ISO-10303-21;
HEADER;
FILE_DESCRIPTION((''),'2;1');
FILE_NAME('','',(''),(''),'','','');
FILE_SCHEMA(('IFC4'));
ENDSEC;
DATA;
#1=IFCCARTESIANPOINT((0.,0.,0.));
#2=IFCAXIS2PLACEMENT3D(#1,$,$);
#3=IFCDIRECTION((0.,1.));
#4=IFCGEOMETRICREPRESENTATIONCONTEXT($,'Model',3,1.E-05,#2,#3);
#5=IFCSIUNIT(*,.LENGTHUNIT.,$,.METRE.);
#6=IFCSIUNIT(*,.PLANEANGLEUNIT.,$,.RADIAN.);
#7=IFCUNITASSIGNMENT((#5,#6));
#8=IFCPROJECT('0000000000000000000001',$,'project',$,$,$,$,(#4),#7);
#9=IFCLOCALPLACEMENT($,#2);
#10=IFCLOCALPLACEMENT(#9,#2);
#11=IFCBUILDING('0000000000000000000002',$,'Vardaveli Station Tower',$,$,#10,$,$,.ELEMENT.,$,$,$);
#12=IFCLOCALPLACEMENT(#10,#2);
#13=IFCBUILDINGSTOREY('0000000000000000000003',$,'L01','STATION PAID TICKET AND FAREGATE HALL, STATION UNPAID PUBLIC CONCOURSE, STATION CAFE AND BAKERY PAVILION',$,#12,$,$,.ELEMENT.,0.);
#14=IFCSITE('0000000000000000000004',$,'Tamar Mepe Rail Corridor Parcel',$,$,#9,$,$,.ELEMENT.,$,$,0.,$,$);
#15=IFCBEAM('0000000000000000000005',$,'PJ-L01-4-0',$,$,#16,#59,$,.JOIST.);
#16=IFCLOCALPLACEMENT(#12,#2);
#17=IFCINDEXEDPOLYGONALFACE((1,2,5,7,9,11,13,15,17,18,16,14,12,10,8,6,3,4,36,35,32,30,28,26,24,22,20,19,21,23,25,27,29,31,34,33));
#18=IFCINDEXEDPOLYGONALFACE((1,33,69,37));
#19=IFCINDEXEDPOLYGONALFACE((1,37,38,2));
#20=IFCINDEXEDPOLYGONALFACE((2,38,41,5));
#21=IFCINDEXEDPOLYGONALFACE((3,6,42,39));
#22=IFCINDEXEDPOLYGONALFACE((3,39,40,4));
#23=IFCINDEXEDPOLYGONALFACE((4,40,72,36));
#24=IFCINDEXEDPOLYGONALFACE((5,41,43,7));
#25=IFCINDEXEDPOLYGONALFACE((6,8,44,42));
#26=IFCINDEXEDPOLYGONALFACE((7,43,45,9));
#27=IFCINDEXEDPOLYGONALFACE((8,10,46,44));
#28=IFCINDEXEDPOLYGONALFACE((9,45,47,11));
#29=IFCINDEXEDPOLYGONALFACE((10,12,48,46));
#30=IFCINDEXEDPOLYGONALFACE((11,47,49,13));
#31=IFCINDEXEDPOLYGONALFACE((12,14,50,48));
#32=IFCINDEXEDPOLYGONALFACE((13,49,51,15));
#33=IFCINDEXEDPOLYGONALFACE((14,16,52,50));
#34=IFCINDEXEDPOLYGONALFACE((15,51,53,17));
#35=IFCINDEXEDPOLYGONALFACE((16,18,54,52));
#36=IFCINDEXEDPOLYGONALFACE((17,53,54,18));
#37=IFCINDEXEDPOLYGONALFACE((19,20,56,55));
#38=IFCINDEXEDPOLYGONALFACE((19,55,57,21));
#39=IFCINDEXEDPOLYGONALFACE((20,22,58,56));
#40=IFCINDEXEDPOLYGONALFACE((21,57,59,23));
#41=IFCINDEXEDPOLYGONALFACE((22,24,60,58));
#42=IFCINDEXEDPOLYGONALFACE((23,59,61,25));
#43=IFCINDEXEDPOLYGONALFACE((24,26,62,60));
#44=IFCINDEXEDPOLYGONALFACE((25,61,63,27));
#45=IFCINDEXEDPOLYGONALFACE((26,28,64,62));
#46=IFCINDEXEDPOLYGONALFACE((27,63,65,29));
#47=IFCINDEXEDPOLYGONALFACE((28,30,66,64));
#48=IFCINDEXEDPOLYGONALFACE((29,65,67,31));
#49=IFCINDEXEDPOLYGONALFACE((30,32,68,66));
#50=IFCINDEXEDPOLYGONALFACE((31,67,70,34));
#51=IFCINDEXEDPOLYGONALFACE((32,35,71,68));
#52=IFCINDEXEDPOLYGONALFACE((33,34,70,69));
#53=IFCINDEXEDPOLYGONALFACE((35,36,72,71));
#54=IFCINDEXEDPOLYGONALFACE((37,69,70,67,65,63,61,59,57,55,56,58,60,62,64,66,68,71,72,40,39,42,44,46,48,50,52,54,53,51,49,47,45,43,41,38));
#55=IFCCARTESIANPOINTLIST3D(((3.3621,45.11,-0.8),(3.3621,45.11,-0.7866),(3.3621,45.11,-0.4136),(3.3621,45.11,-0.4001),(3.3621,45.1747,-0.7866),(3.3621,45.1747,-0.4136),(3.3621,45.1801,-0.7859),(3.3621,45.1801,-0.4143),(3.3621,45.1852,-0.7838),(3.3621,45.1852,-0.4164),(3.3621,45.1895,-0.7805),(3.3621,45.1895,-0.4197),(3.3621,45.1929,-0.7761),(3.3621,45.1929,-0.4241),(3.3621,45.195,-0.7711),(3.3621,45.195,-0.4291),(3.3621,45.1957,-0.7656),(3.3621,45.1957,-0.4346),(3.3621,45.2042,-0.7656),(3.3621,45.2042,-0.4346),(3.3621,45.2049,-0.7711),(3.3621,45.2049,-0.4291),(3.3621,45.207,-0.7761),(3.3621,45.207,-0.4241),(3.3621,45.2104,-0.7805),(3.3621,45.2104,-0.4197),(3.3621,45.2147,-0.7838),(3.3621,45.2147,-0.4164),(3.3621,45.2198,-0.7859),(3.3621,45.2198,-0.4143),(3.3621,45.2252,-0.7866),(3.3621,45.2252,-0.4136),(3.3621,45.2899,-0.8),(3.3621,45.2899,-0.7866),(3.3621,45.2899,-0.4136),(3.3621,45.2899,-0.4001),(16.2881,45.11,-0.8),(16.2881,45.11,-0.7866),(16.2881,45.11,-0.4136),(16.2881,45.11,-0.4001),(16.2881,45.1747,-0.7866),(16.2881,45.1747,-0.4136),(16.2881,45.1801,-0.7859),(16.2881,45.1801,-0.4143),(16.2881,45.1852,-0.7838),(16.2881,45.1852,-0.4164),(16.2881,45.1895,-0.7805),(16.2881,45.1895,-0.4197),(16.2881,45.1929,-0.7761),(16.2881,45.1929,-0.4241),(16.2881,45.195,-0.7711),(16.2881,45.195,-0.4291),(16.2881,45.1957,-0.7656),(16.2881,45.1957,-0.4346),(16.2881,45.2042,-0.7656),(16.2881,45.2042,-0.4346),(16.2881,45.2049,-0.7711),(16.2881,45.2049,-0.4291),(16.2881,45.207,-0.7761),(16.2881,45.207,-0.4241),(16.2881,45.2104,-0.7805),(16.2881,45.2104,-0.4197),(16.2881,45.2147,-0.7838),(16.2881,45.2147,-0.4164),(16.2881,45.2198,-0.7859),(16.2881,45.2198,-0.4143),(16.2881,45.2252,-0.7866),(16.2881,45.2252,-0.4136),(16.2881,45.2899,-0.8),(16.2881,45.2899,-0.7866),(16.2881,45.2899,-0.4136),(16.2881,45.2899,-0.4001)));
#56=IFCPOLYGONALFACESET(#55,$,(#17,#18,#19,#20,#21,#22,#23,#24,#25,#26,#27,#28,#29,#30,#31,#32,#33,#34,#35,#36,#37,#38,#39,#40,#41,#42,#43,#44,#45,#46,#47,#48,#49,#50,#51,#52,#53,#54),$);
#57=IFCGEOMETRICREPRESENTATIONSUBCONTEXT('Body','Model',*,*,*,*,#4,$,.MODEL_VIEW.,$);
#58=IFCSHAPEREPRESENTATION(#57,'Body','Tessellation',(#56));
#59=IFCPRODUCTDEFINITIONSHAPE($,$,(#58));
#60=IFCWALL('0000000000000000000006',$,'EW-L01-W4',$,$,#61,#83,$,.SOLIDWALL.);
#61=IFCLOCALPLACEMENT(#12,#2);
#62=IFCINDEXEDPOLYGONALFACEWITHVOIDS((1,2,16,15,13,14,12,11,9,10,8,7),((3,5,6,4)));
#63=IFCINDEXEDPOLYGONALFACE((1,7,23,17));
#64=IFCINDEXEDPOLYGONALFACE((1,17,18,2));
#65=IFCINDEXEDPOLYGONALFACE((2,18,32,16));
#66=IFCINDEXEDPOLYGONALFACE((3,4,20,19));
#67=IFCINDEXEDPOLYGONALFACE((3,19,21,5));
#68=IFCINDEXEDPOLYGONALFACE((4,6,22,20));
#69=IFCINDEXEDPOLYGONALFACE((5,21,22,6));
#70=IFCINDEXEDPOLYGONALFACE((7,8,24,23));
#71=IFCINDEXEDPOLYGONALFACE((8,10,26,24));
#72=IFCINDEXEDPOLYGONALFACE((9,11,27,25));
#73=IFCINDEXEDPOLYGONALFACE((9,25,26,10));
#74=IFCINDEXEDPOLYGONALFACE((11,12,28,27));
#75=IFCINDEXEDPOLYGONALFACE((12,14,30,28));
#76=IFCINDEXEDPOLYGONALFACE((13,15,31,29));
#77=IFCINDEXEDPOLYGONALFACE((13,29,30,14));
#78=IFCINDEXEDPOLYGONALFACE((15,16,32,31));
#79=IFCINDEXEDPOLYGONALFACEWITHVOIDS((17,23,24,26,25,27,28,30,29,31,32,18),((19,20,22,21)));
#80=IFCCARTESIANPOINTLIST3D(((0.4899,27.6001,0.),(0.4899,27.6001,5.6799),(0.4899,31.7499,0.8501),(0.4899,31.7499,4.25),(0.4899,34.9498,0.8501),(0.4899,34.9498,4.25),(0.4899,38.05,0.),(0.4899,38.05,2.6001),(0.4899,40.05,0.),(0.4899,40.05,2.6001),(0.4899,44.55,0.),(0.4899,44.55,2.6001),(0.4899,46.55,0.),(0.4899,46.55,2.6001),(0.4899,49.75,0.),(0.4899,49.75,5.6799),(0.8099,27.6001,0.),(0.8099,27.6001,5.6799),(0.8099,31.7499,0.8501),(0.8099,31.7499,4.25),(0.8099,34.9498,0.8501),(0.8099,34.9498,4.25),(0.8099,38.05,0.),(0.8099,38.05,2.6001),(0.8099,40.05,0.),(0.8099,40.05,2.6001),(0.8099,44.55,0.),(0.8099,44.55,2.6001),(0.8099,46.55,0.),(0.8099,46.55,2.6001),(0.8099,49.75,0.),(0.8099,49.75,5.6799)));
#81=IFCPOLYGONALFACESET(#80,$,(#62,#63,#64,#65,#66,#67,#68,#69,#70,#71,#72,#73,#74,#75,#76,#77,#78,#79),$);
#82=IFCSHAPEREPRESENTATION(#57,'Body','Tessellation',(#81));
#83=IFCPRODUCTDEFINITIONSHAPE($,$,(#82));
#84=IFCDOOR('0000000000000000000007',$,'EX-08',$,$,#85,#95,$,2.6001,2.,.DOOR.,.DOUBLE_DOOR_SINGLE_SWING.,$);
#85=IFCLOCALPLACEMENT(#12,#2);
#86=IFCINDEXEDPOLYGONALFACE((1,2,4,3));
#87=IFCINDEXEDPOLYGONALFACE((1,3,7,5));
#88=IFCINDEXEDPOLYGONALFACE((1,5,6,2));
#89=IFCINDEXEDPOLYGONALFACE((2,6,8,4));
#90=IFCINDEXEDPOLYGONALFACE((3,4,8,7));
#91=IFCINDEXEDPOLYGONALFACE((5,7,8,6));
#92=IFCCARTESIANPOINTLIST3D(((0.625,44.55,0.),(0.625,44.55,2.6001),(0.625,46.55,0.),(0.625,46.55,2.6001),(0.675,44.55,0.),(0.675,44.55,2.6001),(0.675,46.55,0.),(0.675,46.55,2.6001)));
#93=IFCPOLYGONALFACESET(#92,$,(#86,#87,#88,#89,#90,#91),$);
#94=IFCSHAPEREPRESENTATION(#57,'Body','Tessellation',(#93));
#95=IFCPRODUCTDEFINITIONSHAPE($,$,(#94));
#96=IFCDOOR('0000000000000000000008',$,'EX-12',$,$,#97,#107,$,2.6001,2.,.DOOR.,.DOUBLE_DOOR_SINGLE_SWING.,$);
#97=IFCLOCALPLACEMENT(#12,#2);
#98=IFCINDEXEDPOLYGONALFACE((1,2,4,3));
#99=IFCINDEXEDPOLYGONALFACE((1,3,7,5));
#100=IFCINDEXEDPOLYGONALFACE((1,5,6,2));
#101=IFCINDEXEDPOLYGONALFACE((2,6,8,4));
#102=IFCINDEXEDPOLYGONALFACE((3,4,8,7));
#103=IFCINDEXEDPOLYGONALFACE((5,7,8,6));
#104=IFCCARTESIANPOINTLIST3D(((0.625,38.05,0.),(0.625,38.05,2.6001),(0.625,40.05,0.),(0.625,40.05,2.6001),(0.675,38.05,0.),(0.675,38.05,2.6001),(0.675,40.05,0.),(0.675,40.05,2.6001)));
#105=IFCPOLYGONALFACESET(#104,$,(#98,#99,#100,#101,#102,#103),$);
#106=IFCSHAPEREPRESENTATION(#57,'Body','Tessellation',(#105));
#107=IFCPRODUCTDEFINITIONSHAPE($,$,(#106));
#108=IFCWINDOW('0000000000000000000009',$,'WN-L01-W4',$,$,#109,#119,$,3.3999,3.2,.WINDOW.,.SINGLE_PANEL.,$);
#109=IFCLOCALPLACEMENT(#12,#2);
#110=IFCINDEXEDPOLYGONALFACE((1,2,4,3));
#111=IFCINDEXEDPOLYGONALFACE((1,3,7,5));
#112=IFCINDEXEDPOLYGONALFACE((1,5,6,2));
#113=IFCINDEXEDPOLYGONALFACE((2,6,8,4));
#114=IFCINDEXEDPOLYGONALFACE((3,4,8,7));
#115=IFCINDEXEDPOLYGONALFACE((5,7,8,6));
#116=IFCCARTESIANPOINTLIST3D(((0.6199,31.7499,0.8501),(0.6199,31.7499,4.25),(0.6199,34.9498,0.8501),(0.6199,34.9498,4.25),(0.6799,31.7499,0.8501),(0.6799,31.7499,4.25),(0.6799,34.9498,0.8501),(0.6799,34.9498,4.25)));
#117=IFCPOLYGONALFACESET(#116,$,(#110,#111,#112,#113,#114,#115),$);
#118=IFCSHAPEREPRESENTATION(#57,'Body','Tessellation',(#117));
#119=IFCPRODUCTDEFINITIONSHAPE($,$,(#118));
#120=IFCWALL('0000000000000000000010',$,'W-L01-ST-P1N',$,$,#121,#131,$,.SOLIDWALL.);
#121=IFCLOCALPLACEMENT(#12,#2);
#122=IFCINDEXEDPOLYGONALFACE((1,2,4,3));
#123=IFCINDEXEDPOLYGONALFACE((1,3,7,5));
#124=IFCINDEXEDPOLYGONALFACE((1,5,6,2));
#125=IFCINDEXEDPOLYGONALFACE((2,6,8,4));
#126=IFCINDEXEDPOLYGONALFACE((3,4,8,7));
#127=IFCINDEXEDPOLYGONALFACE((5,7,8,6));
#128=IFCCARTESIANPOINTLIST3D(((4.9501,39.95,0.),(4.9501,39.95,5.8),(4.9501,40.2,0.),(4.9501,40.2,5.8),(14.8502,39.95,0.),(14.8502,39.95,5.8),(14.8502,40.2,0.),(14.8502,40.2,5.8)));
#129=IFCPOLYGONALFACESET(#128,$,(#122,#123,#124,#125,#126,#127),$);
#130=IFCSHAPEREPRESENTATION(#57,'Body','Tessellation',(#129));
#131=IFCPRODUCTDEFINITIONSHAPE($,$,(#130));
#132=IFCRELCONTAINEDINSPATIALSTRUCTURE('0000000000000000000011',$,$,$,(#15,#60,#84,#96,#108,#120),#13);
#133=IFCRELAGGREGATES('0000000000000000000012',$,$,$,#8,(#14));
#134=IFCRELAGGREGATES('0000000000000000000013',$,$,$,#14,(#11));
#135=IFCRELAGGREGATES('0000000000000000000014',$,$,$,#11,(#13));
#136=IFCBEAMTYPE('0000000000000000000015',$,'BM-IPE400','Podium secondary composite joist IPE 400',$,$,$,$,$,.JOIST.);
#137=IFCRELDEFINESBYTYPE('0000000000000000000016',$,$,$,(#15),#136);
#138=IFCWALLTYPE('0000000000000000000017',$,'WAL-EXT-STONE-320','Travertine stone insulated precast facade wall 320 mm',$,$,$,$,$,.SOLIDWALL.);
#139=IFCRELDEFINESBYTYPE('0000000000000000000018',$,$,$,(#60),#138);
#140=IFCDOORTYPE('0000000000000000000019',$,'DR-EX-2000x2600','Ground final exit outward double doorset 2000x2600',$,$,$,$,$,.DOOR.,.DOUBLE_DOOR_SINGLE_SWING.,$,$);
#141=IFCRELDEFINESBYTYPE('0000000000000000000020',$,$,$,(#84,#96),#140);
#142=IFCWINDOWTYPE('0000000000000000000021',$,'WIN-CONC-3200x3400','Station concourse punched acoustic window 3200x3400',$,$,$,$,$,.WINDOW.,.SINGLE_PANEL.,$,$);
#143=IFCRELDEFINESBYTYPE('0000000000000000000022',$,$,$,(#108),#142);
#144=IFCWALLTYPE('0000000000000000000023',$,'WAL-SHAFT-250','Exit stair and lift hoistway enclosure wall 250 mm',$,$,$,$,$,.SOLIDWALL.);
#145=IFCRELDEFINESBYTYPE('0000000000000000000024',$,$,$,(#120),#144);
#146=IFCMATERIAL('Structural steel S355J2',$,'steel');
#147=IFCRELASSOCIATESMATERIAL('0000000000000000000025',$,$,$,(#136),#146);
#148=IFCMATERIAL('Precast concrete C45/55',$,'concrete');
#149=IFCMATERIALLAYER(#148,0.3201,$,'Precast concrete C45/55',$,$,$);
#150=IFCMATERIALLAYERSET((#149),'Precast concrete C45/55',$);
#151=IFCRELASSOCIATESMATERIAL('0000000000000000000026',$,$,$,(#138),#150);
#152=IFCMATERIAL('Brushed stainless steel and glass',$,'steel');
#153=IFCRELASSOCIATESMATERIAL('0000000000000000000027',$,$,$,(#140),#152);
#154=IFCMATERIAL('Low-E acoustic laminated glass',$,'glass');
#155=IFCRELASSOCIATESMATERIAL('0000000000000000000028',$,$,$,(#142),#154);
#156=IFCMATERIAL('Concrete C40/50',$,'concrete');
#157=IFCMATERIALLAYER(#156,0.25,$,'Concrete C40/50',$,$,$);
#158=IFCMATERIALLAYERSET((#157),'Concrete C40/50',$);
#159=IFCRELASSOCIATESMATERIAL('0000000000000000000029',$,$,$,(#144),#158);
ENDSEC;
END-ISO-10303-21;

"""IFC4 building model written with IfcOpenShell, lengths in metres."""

from ifc_helpers import new_model, si_unit, direction, frame, frame_2d, origin, origin_2d, place, context, subcontext, project, spatial, rectangle, i_section, extrude, source, transform, mapped, material, layer, layer_set, material_profile, profile_set, type_object, element, fill, save


model = new_model("IFC4")

# Units and contexts
model_context = context("Model", 3, precision=1e-05, world=origin(), true_north=direction((0.0, 1.0)))
body_context = subcontext(model_context, "Body", "Model", "MODEL_VIEW")
ifc_project = project(units=[si_unit("LENGTHUNIT", "METRE"), si_unit("PLANEANGLEUNIT", "RADIAN")], contexts=[model_context])

# Site, building, storey
site_placement = place(None, origin())
site = spatial("IfcSite", under=ifc_project, at=site_placement, Name="Tamar Mepe Rail Corridor Parcel", CompositionType="ELEMENT", RefElevation=0.0)
building_placement = place(site_placement, origin())
building = spatial("IfcBuilding", under=site, at=building_placement, Name="Vardaveli Station Tower", CompositionType="ELEMENT")
storey_placement = place(building_placement, origin())
storey = spatial("IfcBuildingStorey", under=building, at=storey_placement, Name="L01", Description="STATION PAID TICKET AND FAREGATE HALL, STATION UNPAID PUBLIC CONCOURSE, STATION CAFE AND BAKERY PAVILION", CompositionType="ELEMENT", Elevation=0.0)

# Beam
ifc_material_1 = material(Name="Structural steel S355J2", Category="steel")
ifc_material_profile_1 = material_profile(ifc_material_1, i_section(OverallWidth=0.1799, OverallDepth=0.3999, WebThickness=0.0085, FlangeThickness=0.0134, FilletRadius=0.021, at=origin_2d()), Name="IPE 400")
ifc_profile_set_1 = profile_set([ifc_material_profile_1], Name="Structural steel S355J2")
beam_type_1 = type_object("IfcBeamType", Name="BM-IPE400", Description="Podium secondary composite joist IPE 400", PredefinedType="JOIST", material=ifc_profile_set_1)
shared_shape_1 = source(origin(), body_context, "Body", "SweptSolid", [
    extrude(i_section(OverallWidth=0.1799, OverallDepth=0.3999, WebThickness=0.0085, FlangeThickness=0.0134, FilletRadius=0.021, at=origin_2d()), origin(), (0.0, 0.0, 1.0), 12.926),
])
beam_1_placement = place(storey_placement, frame((3.3621, 45.2, -0.6001), z_axis=(1.0, 0.0, 0.0), x_axis=(0.0, 1.0, 0.0)))
element("IfcBeam", 1, at=beam_1_placement, inside=storey, type_object=beam_type_1, Name="PJ-L01-4-0", PredefinedType="JOIST", context=body_context, shape_type="MappedRepresentation", body=[
    mapped(shared_shape_1, transform((0.0, 0.0, 0.0), scale=1.0)),
])

# Wall, openings, doors, window
ifc_material_2 = material(Name="Precast concrete C45/55", Category="concrete")
ifc_layer_1 = layer(ifc_material_2, 0.3201, Name="Precast concrete C45/55")
ifc_layer_set_1 = layer_set([ifc_layer_1], Name="Precast concrete C45/55")
wall_type_1 = type_object("IfcWallType", Name="WAL-EXT-STONE-320", Description="Travertine stone insulated precast facade wall 320 mm", PredefinedType="SOLIDWALL", material=ifc_layer_set_1)
shared_shape_2 = source(origin(), body_context, "Body", "SweptSolid", [
    extrude(rectangle(XDim=22.1499, YDim=0.3201, at=frame_2d((11.075, 0.0))), origin(), (0.0, 0.0, 1.0), 5.6799),
])
wall_1_placement = place(storey_placement, frame((0.6499, 49.75, 0.0), z_axis=(0.0, 0.0, 1.0), x_axis=(0.0, -1.0, 0.0)))
wall_1 = element("IfcWall", 2, at=wall_1_placement, inside=storey, type_object=wall_type_1, Name="EW-L01-W4", PredefinedType="SOLIDWALL", context=body_context, shape_type="MappedRepresentation", body=[
    mapped(shared_shape_2, transform((0.0, 0.0, 0.0), scale=1.0)),
])
shared_shape_3 = source(origin(), body_context, "Body", "SweptSolid", [
    extrude(rectangle(XDim=2.0, YDim=2.6001, at=frame_2d((1.0, 1.3))), frame((0.0, 0.1699, 0.0), z_axis=(0.0, -1.0, 0.0), x_axis=(1.0, 0.0, 0.0)), (0.0, 0.0, 1.0), 0.3401),
])
opening_1_placement = place(wall_1_placement, frame((3.2, 0.0, 0.0)))
opening_1 = element("IfcOpeningElement", 3, at=opening_1_placement, cuts=wall_1, PredefinedType="OPENING", context=body_context, shape_type="MappedRepresentation", body=[
    mapped(shared_shape_3, transform((0.0, 0.0, 0.0), scale=1.0)),
])
opening_2_placement = place(wall_1_placement, frame((9.7, 0.0, 0.0)))
opening_2 = element("IfcOpeningElement", 4, at=opening_2_placement, cuts=wall_1, PredefinedType="OPENING", context=body_context, shape_type="MappedRepresentation", body=[
    mapped(shared_shape_3, transform((0.0, 0.0, 0.0), scale=1.0)),
])
shared_shape_4 = source(origin(), body_context, "Body", "SweptSolid", [
    extrude(rectangle(XDim=3.2, YDim=3.3999, at=frame_2d((1.6001, 1.7))), frame((0.0, 0.1699, 0.0), z_axis=(0.0, -1.0, 0.0), x_axis=(1.0, 0.0, 0.0)), (0.0, 0.0, 1.0), 0.3401),
])
opening_3_placement = place(wall_1_placement, frame((14.8, 0.0, 0.8501)))
opening_3 = element("IfcOpeningElement", 5, at=opening_3_placement, cuts=wall_1, PredefinedType="OPENING", context=body_context, shape_type="MappedRepresentation", body=[
    mapped(shared_shape_4, transform((0.0, 0.0, 0.0), scale=1.0)),
])
ifc_material_3 = material(Name="Brushed stainless steel and glass", Category="steel")
door_type_1 = type_object("IfcDoorType", Name="DR-EX-2000x2600", Description="Ground final exit outward double doorset 2000x2600", OperationType="DOUBLE_DOOR_SINGLE_SWING", PredefinedType="DOOR", material=ifc_material_3)
shared_shape_5 = source(origin(), body_context, "Body", "SweptSolid", [
    extrude(rectangle(XDim=2.0, YDim=2.6001, at=frame_2d((1.0, 1.3))), frame((0.0, 0.0249, 0.0), z_axis=(0.0, -1.0, 0.0), x_axis=(1.0, 0.0, 0.0)), (0.0, 0.0, 1.0), 0.05),
])
door_1_placement = place(opening_1_placement, frame((2.0, 0.0, 0.0), z_axis=(0.0, 0.0, 1.0), x_axis=(-1.0, 0.0, 0.0)))
door_1 = element("IfcDoor", 6, at=door_1_placement, inside=storey, type_object=door_type_1, Name="EX-08", OperationType="DOUBLE_DOOR_SINGLE_SWING", OverallHeight=2.6001, OverallWidth=2.0, PredefinedType="DOOR", context=body_context, shape_type="MappedRepresentation", body=[
    mapped(shared_shape_5, transform((0.0, 0.0, 0.0), scale=1.0)),
])
fill(opening_1, door_1)
door_2_placement = place(opening_2_placement, frame((2.0, 0.0, 0.0), z_axis=(0.0, 0.0, 1.0), x_axis=(-1.0, 0.0, 0.0)))
door_2 = element("IfcDoor", 7, at=door_2_placement, inside=storey, type_object=door_type_1, Name="EX-12", OperationType="DOUBLE_DOOR_SINGLE_SWING", OverallHeight=2.6001, OverallWidth=2.0, PredefinedType="DOOR", context=body_context, shape_type="MappedRepresentation", body=[
    mapped(shared_shape_5, transform((0.0, 0.0, 0.0), scale=1.0)),
])
fill(opening_2, door_2)
ifc_material_4 = material(Name="Low-E acoustic laminated glass", Category="glass")
window_type = type_object("IfcWindowType", Name="WIN-CONC-3200x3400", Description="Station concourse punched acoustic window 3200x3400", PartitioningType="SINGLE_PANEL", PredefinedType="WINDOW", material=ifc_material_4)
shared_shape_6 = source(origin(), body_context, "Body", "SweptSolid", [
    extrude(rectangle(XDim=3.2, YDim=3.3999, at=frame_2d((1.6001, 1.7))), frame((0.0, 0.03, 0.0), z_axis=(0.0, -1.0, 0.0), x_axis=(1.0, 0.0, 0.0)), (0.0, 0.0, 1.0), 0.0601),
])
window_placement = place(opening_3_placement, origin())
window = element("IfcWindow", 8, at=window_placement, inside=storey, type_object=window_type, Name="WN-L01-W4", OverallHeight=3.3999, OverallWidth=3.2, PartitioningType="SINGLE_PANEL", PredefinedType="WINDOW", context=body_context, shape_type="MappedRepresentation", body=[
    mapped(shared_shape_6, transform((0.0, 0.0, 0.0), scale=1.0)),
])
fill(opening_3, window)

# Wall
ifc_material_5 = material(Name="Concrete C40/50", Category="concrete")
ifc_layer_2 = layer(ifc_material_5, 0.25, Name="Concrete C40/50")
ifc_layer_set_2 = layer_set([ifc_layer_2], Name="Concrete C40/50")
wall_type_2 = type_object("IfcWallType", Name="WAL-SHAFT-250", Description="Exit stair and lift hoistway enclosure wall 250 mm", PredefinedType="SOLIDWALL", material=ifc_layer_set_2)
shared_shape_7 = source(origin(), body_context, "Body", "SweptSolid", [
    extrude(rectangle(XDim=9.9001, YDim=0.25, at=frame_2d((4.9502, 0.0))), origin(), (0.0, 0.0, 1.0), 5.8),
])
wall_2_placement = place(storey_placement, frame((4.95, 40.075, 0.0), z_axis=(0.0, 0.0, 1.0), x_axis=(1.0, 0.0, 0.0)))
element("IfcWall", 9, at=wall_2_placement, inside=storey, type_object=wall_type_2, Name="W-L01-ST-P1N", PredefinedType="SOLIDWALL", context=body_context, shape_type="MappedRepresentation", body=[
    mapped(shared_shape_7, transform((0.0, 0.0, 0.0), scale=1.0)),
])

save(model, "model.ifc")
